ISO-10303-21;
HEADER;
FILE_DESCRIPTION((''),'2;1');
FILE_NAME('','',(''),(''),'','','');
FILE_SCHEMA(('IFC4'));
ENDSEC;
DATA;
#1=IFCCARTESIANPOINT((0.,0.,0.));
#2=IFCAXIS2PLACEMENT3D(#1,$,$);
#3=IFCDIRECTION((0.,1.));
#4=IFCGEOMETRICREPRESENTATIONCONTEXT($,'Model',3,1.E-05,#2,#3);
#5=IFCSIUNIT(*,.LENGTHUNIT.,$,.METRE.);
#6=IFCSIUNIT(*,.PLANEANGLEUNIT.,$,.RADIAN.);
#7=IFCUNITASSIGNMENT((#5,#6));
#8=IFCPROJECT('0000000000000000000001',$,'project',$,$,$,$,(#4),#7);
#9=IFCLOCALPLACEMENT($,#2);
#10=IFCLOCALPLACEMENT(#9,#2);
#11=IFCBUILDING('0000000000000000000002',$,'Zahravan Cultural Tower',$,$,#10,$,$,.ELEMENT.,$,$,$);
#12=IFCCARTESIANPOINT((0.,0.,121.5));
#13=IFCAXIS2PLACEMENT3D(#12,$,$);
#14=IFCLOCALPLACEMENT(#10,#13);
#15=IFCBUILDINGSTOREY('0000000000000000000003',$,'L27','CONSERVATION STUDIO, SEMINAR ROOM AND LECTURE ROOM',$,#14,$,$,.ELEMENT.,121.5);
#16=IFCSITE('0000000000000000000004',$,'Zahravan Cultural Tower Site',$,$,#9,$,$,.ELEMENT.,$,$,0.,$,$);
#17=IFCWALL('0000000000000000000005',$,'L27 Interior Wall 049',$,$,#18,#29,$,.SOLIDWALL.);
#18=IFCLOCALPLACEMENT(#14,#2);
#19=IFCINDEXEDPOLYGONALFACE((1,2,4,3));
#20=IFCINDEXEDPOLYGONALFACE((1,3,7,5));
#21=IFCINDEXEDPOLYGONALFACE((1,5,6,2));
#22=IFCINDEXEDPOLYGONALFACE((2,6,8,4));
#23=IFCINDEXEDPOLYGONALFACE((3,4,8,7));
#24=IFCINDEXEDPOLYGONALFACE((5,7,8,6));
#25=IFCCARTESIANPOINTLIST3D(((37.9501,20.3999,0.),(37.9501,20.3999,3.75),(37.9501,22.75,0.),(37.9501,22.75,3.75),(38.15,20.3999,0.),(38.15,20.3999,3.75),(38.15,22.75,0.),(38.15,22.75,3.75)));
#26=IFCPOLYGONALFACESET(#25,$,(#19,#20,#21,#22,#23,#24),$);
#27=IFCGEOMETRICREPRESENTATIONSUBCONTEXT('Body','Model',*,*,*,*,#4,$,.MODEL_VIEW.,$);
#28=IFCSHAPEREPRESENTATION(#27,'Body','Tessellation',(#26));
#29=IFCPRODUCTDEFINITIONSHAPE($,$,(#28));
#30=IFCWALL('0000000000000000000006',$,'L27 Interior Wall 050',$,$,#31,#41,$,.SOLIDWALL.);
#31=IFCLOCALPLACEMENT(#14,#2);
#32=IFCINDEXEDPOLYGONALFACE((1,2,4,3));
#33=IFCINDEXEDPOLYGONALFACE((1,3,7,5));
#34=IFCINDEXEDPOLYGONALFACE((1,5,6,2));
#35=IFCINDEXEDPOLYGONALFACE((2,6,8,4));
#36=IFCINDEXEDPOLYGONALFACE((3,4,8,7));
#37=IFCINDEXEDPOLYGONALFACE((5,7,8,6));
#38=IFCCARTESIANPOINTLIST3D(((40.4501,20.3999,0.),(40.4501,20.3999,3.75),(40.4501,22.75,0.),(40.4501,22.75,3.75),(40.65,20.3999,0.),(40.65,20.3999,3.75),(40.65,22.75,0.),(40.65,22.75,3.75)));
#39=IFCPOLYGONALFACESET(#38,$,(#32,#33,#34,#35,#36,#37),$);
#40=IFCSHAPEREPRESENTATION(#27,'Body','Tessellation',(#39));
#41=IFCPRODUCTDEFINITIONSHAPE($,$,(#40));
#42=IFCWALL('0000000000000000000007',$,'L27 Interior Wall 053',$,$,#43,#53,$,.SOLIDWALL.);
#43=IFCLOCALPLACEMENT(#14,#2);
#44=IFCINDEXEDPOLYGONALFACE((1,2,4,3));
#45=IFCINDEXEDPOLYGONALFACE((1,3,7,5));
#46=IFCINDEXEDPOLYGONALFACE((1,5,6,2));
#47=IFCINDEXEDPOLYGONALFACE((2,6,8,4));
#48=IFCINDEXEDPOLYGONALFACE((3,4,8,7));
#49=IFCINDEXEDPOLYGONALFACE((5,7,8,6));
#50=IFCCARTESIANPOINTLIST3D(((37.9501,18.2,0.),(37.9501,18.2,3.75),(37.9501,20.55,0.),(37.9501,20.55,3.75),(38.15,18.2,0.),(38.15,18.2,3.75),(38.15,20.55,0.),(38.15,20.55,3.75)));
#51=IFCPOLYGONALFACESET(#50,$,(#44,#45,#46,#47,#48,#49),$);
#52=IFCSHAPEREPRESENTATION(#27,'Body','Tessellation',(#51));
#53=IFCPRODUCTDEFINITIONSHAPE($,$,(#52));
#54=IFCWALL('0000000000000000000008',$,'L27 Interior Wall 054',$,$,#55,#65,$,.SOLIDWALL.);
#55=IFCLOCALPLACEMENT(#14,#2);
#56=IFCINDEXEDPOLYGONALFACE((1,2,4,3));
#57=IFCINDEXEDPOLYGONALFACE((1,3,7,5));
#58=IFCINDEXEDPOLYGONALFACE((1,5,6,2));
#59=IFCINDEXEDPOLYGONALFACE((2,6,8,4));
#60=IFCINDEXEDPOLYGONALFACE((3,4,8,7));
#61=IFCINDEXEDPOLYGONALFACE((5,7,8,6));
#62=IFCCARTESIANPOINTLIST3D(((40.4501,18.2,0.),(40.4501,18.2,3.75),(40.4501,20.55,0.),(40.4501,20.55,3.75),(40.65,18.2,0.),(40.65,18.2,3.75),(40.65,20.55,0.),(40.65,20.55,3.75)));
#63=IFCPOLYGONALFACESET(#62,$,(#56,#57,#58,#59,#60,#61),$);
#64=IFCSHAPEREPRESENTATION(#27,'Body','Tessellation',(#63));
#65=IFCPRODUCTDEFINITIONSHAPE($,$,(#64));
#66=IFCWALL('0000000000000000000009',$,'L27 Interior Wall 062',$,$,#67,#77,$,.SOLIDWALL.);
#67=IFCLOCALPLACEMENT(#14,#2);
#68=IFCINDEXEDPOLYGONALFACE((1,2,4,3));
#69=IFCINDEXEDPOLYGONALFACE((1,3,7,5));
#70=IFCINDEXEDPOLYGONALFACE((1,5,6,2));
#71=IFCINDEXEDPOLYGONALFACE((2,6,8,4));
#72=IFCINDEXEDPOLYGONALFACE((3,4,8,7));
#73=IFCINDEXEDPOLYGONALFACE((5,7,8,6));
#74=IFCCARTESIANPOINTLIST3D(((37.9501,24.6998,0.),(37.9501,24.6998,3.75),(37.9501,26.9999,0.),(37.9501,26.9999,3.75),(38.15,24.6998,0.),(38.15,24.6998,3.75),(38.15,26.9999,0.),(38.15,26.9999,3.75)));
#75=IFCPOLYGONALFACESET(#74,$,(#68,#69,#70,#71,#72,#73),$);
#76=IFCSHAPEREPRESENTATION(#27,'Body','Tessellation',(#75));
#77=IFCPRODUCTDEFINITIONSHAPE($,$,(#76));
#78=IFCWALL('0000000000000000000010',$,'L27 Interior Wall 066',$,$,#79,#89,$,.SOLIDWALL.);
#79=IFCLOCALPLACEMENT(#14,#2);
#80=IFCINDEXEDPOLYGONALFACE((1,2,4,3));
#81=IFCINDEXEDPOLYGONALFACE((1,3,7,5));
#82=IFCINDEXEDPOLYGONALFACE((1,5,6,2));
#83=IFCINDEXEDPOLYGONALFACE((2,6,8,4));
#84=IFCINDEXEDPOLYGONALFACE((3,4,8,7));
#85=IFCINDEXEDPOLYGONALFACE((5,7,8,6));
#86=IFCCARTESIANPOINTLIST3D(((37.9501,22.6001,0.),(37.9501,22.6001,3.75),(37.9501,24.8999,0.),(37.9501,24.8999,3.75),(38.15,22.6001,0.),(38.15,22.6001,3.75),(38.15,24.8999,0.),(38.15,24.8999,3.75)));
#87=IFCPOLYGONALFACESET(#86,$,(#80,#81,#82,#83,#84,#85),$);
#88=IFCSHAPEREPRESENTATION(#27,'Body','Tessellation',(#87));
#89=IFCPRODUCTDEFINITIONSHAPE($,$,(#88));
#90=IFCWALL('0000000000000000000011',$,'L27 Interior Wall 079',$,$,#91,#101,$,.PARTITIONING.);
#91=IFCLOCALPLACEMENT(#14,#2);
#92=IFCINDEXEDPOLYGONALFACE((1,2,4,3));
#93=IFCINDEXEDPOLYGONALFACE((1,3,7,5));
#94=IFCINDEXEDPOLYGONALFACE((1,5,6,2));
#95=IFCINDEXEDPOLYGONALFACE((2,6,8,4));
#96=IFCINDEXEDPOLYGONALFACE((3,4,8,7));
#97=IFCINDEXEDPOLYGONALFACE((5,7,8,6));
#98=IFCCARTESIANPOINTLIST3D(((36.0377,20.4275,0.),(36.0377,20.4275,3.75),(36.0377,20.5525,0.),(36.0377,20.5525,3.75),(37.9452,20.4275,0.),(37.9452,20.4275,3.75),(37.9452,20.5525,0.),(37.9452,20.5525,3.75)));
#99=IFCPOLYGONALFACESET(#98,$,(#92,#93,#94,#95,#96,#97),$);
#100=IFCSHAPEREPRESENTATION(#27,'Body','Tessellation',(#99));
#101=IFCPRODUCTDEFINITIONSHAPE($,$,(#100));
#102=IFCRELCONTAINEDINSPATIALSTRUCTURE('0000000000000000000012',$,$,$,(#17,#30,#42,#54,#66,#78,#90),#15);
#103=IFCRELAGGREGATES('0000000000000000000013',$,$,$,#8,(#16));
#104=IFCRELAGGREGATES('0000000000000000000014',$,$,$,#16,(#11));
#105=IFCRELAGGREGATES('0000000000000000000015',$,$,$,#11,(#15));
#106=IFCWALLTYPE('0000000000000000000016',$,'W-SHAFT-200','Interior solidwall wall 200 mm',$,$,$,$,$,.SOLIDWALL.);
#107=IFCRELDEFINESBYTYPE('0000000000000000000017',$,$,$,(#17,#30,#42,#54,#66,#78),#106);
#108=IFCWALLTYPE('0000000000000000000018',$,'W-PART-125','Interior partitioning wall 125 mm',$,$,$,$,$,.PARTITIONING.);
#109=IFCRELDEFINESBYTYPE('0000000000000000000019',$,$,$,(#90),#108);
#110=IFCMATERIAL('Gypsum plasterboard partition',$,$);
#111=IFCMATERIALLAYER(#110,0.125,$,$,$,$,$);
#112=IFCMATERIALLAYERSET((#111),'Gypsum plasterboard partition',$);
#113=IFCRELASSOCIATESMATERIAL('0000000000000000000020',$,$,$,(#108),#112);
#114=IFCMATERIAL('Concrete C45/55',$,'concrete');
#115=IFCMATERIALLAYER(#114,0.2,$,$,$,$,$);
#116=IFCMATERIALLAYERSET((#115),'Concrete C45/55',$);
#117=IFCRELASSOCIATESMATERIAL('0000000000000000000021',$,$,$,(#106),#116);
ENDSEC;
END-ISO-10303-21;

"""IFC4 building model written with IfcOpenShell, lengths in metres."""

from ifc_helpers import new_model, si_unit, direction, frame, frame_2d, origin, place, context, subcontext, project, spatial, rectangle, extrude, source, transform, mapped, material, layer, layer_set, type_object, element, save


model = new_model("IFC4")

# Units and contexts
model_context = context("Model", 3, precision=1e-05, world=origin(), true_north=direction((0.0, 1.0)))
body_context = subcontext(model_context, "Body", "Model", "MODEL_VIEW")
ifc_project = project(units=[si_unit("LENGTHUNIT", "METRE"), si_unit("PLANEANGLEUNIT", "RADIAN")], contexts=[model_context])

# Site, building, storey
site_placement = place(None, origin())
site = spatial("IfcSite", under=ifc_project, at=site_placement, Name="Zahravan Cultural Tower Site", CompositionType="ELEMENT", RefElevation=0.0)
building_placement = place(site_placement, origin())
building = spatial("IfcBuilding", under=site, at=building_placement, Name="Zahravan Cultural Tower", CompositionType="ELEMENT")
storey_placement = place(building_placement, frame((0.0, 0.0, 121.5)))
storey = spatial("IfcBuildingStorey", under=building, at=storey_placement, Name="L27", Description="CONSERVATION STUDIO, SEMINAR ROOM AND LECTURE ROOM", CompositionType="ELEMENT", Elevation=121.5)

# Shared definitions
ifc_material_1 = material(Name="Gypsum plasterboard partition")
ifc_layer_1 = layer(ifc_material_1, 0.125)
ifc_layer_set_1 = layer_set([ifc_layer_1], Name="Gypsum plasterboard partition")
wall_type_1 = type_object("IfcWallType", Name="W-PART-125", Description="Interior partitioning wall 125 mm", PredefinedType="PARTITIONING", material=ifc_layer_set_1)
ifc_material_2 = material(Name="Concrete C45/55", Category="concrete")
ifc_layer_2 = layer(ifc_material_2, 0.2)
ifc_layer_set_2 = layer_set([ifc_layer_2], Name="Concrete C45/55")
wall_type_2 = type_object("IfcWallType", Name="W-SHAFT-200", Description="Interior solidwall wall 200 mm", PredefinedType="SOLIDWALL", material=ifc_layer_set_2)

# Walls
shared_shape_1 = source(origin(), body_context, "Body", "SweptSolid", [
    extrude(rectangle(XDim=2.3501, YDim=0.2, at=frame_2d((1.175, 0.0))), origin(), (0.0, 0.0, 1.0), 3.75),
])
for number, where, z_axis, x_axis, name in (
    (1, (38.05, 20.3999, 0.0), (0.0, 0.0, 1.0), (0.0, 1.0, 0.0), "L27 Interior Wall 049"),
    (2, (40.55, 20.3999, 0.0), (0.0, 0.0, 1.0), (0.0, 1.0, 0.0), "L27 Interior Wall 050"),
    (3, (38.05, 18.2, 0.0), (0.0, 0.0, 1.0), (0.0, 1.0, 0.0), "L27 Interior Wall 053"),
    (4, (40.55, 18.2, 0.0), (0.0, 0.0, 1.0), (0.0, 1.0, 0.0), "L27 Interior Wall 054"),
):
    element("IfcWall", number, at=place(storey_placement, frame(where, z_axis=z_axis, x_axis=x_axis)), inside=storey, type_object=wall_type_2, Name=name, PredefinedType="SOLIDWALL", context=body_context, shape_type="MappedRepresentation", body=[
        mapped(shared_shape_1, transform((0.0, 0.0, 0.0), x_axis=(1.0, 0.0, 0.0), y_axis=(0.0, 1.0, 0.0), z_axis=(0.0, 0.0, 1.0), scale=1.0)),
    ])
shared_shape_2 = source(origin(), body_context, "Body", "SweptSolid", [
    extrude(rectangle(XDim=2.3, YDim=0.2, at=frame_2d((1.1499, 0.0))), origin(), (0.0, 0.0, 1.0), 3.75),
])
wall_1_placement = place(storey_placement, frame((38.05, 24.7, 0.0), z_axis=(0.0, 0.0, 1.0), x_axis=(0.0, 1.0, 0.0)))
element("IfcWall", 5, at=wall_1_placement, inside=storey, type_object=wall_type_2, Name="L27 Interior Wall 062", PredefinedType="SOLIDWALL", context=body_context, shape_type="MappedRepresentation", body=[
    mapped(shared_shape_2, transform((0.0, 0.0, 0.0), x_axis=(1.0, 0.0, 0.0), y_axis=(0.0, 1.0, 0.0), z_axis=(0.0, 0.0, 1.0), scale=1.0)),
])
shared_shape_3 = source(origin(), body_context, "Body", "SweptSolid", [
    extrude(rectangle(XDim=2.2998, YDim=0.2, at=frame_2d((1.1499, 0.0))), origin(), (0.0, 0.0, 1.0), 3.75),
])
wall_2_placement = place(storey_placement, frame((38.05, 22.6001, 0.0), z_axis=(0.0, 0.0, 1.0), x_axis=(0.0, 1.0, 0.0)))
element("IfcWall", 6, at=wall_2_placement, inside=storey, type_object=wall_type_2, Name="L27 Interior Wall 066", PredefinedType="SOLIDWALL", context=body_context, shape_type="MappedRepresentation", body=[
    mapped(shared_shape_3, transform((0.0, 0.0, 0.0), x_axis=(1.0, 0.0, 0.0), y_axis=(0.0, 1.0, 0.0), z_axis=(0.0, 0.0, 1.0), scale=1.0)),
])
shared_shape_4 = source(origin(), body_context, "Body", "SweptSolid", [
    extrude(rectangle(XDim=1.9075, YDim=0.125, at=frame_2d((0.9536, 0.0))), origin(), (0.0, 0.0, 1.0), 3.75),
])
wall_3_placement = place(storey_placement, frame((37.9451, 20.49, 0.0), z_axis=(0.0, 0.0, 1.0), x_axis=(-1.0, 0.0, 0.0)))
element("IfcWall", 7, at=wall_3_placement, inside=storey, type_object=wall_type_1, Name="L27 Interior Wall 079", PredefinedType="PARTITIONING", context=body_context, shape_type="MappedRepresentation", body=[
    mapped(shared_shape_4, transform((0.0, 0.0, 0.0), x_axis=(1.0, 0.0, 0.0), y_axis=(0.0, 1.0, 0.0), z_axis=(0.0, 0.0, 1.0), scale=1.0)),
])

save(model, "model.ifc")
